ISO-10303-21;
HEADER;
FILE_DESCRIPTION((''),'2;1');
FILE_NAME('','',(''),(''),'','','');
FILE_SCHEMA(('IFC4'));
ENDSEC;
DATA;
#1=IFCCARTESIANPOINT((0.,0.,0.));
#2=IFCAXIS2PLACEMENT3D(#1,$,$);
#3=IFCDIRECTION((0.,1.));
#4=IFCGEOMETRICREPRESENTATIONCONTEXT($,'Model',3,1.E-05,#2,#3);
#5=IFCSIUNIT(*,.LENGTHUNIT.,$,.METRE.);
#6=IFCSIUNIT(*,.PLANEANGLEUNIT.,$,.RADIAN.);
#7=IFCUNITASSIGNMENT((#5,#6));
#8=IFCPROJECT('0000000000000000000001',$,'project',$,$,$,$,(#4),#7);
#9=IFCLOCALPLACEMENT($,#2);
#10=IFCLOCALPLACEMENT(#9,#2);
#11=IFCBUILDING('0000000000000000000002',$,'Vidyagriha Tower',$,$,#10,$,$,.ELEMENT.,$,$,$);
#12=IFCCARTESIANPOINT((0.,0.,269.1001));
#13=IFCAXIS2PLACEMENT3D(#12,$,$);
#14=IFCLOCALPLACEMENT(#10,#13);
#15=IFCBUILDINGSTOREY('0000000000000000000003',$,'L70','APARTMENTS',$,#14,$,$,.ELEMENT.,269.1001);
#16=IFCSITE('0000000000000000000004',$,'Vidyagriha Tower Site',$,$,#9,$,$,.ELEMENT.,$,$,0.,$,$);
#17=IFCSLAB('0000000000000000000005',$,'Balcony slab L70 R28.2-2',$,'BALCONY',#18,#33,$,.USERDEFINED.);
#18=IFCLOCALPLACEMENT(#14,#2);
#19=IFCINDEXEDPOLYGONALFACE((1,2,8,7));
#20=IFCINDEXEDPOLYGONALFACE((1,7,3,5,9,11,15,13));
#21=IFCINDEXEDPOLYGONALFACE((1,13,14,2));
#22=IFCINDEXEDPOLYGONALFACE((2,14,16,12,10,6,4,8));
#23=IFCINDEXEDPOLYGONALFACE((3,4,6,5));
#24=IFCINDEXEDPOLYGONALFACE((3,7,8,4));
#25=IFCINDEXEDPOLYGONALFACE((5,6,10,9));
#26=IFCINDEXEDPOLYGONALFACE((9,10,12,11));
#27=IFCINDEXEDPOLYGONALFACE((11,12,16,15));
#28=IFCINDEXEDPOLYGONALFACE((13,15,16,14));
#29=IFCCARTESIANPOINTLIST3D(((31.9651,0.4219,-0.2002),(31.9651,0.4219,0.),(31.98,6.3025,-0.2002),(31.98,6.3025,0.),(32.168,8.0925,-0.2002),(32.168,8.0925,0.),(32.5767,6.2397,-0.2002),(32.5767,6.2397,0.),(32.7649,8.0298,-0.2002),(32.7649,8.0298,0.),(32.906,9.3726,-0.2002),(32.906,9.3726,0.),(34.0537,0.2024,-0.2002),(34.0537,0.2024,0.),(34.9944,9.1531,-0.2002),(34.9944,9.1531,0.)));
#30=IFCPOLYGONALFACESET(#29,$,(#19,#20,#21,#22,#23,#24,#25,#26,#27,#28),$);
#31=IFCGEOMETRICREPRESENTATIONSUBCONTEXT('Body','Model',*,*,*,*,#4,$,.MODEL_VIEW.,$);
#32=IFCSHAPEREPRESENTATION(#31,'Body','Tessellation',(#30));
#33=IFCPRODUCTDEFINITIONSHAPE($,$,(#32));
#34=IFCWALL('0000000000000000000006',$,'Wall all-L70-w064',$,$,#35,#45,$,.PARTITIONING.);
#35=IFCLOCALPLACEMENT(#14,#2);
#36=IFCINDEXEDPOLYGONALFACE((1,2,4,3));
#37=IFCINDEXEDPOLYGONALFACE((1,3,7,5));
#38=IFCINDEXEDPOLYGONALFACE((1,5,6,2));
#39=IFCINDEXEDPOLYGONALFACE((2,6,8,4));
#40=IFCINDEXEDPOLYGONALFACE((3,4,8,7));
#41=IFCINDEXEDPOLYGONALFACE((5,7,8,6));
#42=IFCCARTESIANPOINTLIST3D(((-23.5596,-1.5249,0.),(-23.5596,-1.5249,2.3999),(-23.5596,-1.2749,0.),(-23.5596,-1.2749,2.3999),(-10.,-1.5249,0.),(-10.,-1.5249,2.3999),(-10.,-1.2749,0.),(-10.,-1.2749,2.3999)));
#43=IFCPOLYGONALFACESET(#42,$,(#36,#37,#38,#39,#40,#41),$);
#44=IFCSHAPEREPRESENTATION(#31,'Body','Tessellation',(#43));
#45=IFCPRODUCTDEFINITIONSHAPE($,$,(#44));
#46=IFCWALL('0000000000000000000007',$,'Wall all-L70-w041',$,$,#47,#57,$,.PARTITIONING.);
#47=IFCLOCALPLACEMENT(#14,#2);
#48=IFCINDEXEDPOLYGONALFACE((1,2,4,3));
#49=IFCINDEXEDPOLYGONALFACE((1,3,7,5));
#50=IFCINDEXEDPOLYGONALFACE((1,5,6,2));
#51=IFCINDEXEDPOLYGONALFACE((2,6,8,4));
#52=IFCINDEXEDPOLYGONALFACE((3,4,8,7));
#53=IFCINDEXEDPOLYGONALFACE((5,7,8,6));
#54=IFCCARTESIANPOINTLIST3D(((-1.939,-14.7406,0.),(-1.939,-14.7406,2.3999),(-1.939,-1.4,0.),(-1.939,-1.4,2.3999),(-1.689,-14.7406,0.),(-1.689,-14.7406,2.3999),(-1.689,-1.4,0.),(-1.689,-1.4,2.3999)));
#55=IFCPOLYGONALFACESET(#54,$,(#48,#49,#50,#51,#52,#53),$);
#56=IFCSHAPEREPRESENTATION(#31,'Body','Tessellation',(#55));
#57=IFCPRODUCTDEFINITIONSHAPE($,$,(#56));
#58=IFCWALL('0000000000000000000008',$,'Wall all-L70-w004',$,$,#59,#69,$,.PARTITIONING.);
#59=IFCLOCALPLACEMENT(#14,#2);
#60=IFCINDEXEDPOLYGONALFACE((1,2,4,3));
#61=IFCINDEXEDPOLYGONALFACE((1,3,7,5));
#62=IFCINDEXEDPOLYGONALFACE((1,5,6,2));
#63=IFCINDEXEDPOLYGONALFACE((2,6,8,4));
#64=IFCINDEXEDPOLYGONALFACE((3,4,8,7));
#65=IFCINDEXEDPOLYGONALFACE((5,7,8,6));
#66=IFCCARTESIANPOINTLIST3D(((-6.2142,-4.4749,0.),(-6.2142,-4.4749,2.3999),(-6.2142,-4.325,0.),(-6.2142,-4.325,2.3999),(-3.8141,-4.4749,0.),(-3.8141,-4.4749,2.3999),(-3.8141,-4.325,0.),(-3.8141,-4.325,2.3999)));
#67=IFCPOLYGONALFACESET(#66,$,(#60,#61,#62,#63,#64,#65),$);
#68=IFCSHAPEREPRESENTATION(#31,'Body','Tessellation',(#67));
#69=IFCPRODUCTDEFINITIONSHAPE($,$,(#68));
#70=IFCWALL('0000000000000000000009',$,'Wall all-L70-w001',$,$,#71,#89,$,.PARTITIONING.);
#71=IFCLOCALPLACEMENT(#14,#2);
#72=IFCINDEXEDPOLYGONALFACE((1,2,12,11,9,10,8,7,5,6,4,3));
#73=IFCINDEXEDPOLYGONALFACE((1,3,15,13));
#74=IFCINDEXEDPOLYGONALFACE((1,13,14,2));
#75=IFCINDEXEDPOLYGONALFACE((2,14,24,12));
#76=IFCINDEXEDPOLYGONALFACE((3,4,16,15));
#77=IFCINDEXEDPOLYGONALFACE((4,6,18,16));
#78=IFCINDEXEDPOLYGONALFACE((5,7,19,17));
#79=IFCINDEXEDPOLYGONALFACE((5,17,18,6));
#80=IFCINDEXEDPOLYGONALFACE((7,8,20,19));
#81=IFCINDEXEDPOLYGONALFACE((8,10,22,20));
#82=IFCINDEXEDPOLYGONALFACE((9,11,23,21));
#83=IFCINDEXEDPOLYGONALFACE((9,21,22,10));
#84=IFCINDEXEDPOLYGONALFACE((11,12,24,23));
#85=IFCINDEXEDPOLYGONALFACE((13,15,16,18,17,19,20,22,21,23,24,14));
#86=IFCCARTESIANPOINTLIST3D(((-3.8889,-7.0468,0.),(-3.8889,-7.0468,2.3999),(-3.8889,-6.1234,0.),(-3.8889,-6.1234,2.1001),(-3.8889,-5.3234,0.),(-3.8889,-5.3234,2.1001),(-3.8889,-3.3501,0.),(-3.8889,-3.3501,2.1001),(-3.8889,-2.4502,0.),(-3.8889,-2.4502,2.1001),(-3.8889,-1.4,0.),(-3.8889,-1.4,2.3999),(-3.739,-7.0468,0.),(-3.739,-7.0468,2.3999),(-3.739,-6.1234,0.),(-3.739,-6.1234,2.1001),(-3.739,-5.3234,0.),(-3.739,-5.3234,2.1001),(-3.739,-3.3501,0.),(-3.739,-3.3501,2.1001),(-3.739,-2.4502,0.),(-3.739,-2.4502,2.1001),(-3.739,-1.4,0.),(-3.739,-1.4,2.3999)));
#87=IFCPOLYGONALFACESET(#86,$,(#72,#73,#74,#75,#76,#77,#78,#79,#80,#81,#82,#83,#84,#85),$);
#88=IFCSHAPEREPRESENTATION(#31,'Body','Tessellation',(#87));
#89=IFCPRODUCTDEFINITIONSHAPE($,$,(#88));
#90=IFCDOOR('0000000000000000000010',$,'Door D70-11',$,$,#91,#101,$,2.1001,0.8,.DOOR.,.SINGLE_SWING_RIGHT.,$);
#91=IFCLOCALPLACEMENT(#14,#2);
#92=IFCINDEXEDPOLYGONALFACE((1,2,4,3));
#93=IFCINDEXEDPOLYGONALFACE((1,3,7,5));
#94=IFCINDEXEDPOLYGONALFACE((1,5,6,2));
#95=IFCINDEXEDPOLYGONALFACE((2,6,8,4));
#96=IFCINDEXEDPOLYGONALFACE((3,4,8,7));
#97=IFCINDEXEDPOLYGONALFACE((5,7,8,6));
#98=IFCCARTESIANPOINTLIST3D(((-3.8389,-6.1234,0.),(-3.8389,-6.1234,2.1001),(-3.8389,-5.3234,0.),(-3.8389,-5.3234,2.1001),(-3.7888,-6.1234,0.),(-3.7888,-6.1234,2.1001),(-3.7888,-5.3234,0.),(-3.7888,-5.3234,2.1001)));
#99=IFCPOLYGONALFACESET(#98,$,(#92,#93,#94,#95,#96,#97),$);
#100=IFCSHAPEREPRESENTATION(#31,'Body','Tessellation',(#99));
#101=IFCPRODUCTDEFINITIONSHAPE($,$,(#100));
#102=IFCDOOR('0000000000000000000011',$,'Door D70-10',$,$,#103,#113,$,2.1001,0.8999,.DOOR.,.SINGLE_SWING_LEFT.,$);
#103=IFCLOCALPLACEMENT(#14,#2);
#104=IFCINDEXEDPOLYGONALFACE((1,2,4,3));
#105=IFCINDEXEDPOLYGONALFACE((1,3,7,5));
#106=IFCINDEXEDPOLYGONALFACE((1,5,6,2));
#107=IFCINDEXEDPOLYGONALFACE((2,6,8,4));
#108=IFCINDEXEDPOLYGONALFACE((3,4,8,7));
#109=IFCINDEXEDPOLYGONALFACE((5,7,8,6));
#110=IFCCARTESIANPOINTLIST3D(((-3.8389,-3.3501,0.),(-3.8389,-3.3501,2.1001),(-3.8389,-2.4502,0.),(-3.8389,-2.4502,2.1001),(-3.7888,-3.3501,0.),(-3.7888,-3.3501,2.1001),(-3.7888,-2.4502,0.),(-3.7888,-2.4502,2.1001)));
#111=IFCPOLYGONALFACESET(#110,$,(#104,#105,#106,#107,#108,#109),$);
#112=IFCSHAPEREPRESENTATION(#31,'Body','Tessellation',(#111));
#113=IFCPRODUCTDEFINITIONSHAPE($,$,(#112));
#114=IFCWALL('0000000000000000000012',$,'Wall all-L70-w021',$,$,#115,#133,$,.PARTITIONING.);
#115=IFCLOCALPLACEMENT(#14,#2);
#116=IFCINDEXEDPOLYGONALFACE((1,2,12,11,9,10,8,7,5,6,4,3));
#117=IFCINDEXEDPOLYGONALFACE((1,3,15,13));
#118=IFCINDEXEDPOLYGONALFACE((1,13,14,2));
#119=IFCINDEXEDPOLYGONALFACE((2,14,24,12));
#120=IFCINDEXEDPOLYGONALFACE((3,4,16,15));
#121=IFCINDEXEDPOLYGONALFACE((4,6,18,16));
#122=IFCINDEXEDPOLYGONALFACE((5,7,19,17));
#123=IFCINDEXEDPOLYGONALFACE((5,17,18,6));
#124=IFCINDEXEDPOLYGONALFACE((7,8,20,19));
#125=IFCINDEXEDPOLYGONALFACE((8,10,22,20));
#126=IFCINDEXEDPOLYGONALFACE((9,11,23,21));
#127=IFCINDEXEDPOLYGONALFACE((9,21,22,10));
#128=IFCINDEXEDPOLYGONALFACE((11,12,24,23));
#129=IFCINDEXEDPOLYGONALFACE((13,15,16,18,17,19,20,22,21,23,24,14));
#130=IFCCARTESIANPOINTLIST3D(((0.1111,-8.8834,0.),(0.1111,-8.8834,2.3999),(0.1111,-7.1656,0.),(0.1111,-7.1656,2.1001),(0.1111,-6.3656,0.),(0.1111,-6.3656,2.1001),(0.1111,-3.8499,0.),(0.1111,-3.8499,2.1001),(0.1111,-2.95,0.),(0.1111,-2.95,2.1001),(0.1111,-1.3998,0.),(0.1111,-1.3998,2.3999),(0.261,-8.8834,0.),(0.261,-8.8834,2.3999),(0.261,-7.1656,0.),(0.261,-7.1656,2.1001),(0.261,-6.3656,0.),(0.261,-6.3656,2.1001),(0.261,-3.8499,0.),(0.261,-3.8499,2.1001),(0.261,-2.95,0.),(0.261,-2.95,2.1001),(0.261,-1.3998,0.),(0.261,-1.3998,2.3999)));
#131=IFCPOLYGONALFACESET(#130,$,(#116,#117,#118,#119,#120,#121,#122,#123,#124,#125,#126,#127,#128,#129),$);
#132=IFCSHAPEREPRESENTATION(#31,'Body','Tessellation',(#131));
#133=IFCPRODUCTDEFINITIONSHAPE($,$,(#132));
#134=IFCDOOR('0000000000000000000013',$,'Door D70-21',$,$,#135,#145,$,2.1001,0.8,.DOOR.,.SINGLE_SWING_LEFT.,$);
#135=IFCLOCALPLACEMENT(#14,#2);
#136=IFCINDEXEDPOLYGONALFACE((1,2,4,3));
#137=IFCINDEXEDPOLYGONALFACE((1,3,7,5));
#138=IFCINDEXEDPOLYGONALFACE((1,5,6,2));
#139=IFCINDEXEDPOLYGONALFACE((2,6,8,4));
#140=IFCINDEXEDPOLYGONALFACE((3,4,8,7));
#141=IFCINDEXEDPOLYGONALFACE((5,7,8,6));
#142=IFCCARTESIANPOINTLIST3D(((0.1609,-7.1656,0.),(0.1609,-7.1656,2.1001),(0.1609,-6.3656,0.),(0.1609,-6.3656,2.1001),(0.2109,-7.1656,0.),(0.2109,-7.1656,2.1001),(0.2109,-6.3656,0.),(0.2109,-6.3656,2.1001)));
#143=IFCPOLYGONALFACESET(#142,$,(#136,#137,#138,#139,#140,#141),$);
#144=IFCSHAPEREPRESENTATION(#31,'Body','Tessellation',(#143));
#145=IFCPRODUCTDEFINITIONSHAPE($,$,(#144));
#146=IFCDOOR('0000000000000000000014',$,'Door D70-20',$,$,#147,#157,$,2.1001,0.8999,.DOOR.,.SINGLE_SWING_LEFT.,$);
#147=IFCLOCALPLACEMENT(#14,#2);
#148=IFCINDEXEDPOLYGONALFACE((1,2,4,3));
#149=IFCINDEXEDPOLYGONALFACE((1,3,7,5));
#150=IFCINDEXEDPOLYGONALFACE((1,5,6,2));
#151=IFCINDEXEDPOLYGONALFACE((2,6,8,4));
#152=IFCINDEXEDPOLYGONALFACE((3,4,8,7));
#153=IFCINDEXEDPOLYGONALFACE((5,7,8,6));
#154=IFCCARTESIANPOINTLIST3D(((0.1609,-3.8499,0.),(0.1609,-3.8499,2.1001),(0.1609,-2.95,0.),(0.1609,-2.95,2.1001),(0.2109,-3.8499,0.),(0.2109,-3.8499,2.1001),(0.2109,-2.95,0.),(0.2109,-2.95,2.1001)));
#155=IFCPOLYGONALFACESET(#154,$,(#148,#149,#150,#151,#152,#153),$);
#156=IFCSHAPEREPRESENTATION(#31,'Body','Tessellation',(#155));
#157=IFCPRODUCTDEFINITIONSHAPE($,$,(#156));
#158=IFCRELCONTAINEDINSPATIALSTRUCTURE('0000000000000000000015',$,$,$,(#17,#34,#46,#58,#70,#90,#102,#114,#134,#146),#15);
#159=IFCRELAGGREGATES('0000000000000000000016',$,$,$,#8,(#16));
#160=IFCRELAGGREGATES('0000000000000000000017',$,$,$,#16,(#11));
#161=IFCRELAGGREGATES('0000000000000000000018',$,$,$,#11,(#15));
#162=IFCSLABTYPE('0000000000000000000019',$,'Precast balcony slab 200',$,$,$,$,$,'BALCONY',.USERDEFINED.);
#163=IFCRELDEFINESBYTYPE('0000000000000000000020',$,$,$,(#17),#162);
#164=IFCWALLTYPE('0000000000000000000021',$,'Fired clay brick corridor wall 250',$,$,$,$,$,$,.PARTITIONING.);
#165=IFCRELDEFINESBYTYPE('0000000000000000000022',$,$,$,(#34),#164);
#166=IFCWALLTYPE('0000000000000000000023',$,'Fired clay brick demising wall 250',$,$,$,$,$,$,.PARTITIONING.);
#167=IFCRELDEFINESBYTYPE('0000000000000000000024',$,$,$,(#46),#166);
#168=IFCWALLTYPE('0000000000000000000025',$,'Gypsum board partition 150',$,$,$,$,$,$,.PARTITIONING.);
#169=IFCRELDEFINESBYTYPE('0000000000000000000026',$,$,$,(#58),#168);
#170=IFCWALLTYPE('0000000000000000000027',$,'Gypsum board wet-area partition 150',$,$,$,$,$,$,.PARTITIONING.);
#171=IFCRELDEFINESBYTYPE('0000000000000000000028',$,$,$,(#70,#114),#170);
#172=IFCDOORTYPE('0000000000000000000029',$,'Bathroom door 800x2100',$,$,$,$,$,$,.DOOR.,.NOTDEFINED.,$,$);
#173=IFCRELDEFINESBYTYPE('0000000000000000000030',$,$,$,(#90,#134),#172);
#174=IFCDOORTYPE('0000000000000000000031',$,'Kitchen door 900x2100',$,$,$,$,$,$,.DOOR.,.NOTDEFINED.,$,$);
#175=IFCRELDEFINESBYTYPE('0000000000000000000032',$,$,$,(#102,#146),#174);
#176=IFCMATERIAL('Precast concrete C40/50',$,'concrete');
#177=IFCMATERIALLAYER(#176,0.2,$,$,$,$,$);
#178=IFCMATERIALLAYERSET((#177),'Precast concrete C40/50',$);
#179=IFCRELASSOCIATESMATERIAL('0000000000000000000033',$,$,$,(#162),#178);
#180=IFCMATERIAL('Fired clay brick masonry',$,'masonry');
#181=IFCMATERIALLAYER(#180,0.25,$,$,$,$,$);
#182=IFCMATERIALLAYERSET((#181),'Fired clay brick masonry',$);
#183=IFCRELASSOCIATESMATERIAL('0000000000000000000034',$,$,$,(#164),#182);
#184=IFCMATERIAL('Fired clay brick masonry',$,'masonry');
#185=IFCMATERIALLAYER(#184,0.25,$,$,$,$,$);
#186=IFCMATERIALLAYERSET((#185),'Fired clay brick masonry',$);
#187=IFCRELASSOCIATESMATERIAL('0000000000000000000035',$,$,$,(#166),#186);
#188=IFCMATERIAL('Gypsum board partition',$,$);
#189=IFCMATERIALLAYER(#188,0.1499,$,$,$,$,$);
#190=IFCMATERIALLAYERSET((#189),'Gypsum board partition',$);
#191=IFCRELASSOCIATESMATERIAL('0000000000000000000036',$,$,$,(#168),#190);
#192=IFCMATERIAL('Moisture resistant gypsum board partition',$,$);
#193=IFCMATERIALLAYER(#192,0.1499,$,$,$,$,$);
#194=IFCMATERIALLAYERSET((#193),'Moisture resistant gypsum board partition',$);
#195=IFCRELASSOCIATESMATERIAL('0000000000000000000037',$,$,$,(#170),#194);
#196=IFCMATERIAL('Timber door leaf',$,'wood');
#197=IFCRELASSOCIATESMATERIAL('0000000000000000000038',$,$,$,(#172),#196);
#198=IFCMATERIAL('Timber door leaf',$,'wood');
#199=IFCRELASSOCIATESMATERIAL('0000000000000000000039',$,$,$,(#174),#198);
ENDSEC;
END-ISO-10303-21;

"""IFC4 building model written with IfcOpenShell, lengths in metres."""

from ifc_helpers import new_model, si_unit, direction, frame, frame_2d, origin, place, context, subcontext, project, spatial, polyline, rectangle, outline, extrude, material, layer, layer_set, type_object, element, fill, save


model = new_model("IFC4")

# Units and contexts
model_context = context("Model", 3, precision=1e-05, world=origin(), true_north=direction((0.0, 1.0)))
body_context = subcontext(model_context, "Body", "Model", "MODEL_VIEW")
ifc_project = project(units=[si_unit("LENGTHUNIT", "METRE"), si_unit("PLANEANGLEUNIT", "RADIAN")], contexts=[model_context])

# Site, building, storey
site_placement = place(None, origin())
site = spatial("IfcSite", under=ifc_project, at=site_placement, Name="Vidyagriha Tower Site", CompositionType="ELEMENT", RefElevation=0.0)
building_placement = place(site_placement, origin())
building = spatial("IfcBuilding", under=site, at=building_placement, Name="Vidyagriha Tower", CompositionType="ELEMENT")
storey_placement = place(building_placement, frame((0.0, 0.0, 269.1001)))
storey = spatial("IfcBuildingStorey", under=building, at=storey_placement, Name="L70", Description="APARTMENTS", CompositionType="ELEMENT", Elevation=269.1001)

# Slab
ifc_material_1 = material(Name="Precast concrete C40/50", Category="concrete")
ifc_layer_1 = layer(ifc_material_1, 0.2)
ifc_layer_set_1 = layer_set([ifc_layer_1], Name="Precast concrete C40/50")
slab_type_1 = type_object("IfcSlabType", Name="Precast balcony slab 200", ElementType="BALCONY", PredefinedType="USERDEFINED", material=ifc_layer_set_1)
slab_1_placement = place(storey_placement, frame((0.0, 0.0, -0.2002)))
element("IfcSlab", 1, at=slab_1_placement, inside=storey, type_object=slab_type_1, Name="Balcony slab L70 R28.2-2", ObjectType="BALCONY", PredefinedType="USERDEFINED", context=body_context, shape_type="SweptSolid", body=[
    extrude(outline(polyline([(32.5767, 6.2397), (31.9651, 0.4219), (34.0537, 0.2024), (34.9944, 9.1531), (32.906, 9.3726), (32.7649, 8.0298), (32.168, 8.0925), (31.98, 6.3025), (32.5767, 6.2397)])), origin(), (0.0, 0.0, 1.0), 0.2002),
])

# Walls
ifc_material_2 = material(Name="Fired clay brick masonry", Category="masonry")
ifc_layer_2 = layer(ifc_material_2, 0.25)
ifc_layer_set_2 = layer_set([ifc_layer_2], Name="Fired clay brick masonry")
wall_type_1 = type_object("IfcWallType", Name="Fired clay brick corridor wall 250", PredefinedType="PARTITIONING", material=ifc_layer_set_2)
wall_1_placement = place(storey_placement, frame((-10.0, -1.3999, 0.0), z_axis=(0.0, 0.0, 1.0), x_axis=(-1.0, 0.0, 0.0)))
element("IfcWall", 2, at=wall_1_placement, inside=storey, type_object=wall_type_1, Name="Wall all-L70-w064", PredefinedType="PARTITIONING", context=body_context, shape_type="SweptSolid", body=[
    extrude(rectangle(XDim=13.5596, YDim=0.25, at=frame_2d((6.7798, 0.0))), origin(), (0.0, 0.0, 1.0), 2.3999),
])
ifc_material_3 = material(Name="Fired clay brick masonry", Category="masonry")
ifc_layer_3 = layer(ifc_material_3, 0.25)
ifc_layer_set_3 = layer_set([ifc_layer_3], Name="Fired clay brick masonry")
wall_type_2 = type_object("IfcWallType", Name="Fired clay brick demising wall 250", PredefinedType="PARTITIONING", material=ifc_layer_set_3)
wall_2_placement = place(storey_placement, frame((-1.814, -1.3999, 0.0), z_axis=(0.0, 0.0, 1.0), x_axis=(0.0, -1.0, 0.0)))
element("IfcWall", 3, at=wall_2_placement, inside=storey, type_object=wall_type_2, Name="Wall all-L70-w041", PredefinedType="PARTITIONING", context=body_context, shape_type="SweptSolid", body=[
    extrude(rectangle(XDim=13.3406, YDim=0.25, at=frame_2d((6.6704, 0.0))), origin(), (0.0, 0.0, 1.0), 2.3999),
])
ifc_material_4 = material(Name="Gypsum board partition")
ifc_layer_4 = layer(ifc_material_4, 0.1499)
ifc_layer_set_4 = layer_set([ifc_layer_4], Name="Gypsum board partition")
wall_type_3 = type_object("IfcWallType", Name="Gypsum board partition 150", PredefinedType="PARTITIONING", material=ifc_layer_set_4)
wall_3_placement = place(storey_placement, frame((-3.814, -4.3999, 0.0), z_axis=(0.0, 0.0, 1.0), x_axis=(-1.0, 0.0, 0.0)))
element("IfcWall", 4, at=wall_3_placement, inside=storey, type_object=wall_type_3, Name="Wall all-L70-w004", PredefinedType="PARTITIONING", context=body_context, shape_type="SweptSolid", body=[
    extrude(rectangle(XDim=2.4001, YDim=0.1499, at=frame_2d((1.2002, 0.0))), origin(), (0.0, 0.0, 1.0), 2.3999),
])

# Walls, openings, doors
ifc_material_5 = material(Name="Moisture resistant gypsum board partition")
ifc_layer_5 = layer(ifc_material_5, 0.1499)
ifc_layer_set_5 = layer_set([ifc_layer_5], Name="Moisture resistant gypsum board partition")
wall_type_4 = type_object("IfcWallType", Name="Gypsum board wet-area partition 150", PredefinedType="PARTITIONING", material=ifc_layer_set_5)
wall_4_placement = place(storey_placement, frame((-3.814, -7.0466, 0.0), z_axis=(0.0, 0.0, 1.0), x_axis=(0.0, 1.0, 0.0)))
wall_4 = element("IfcWall", 5, at=wall_4_placement, inside=storey, type_object=wall_type_4, Name="Wall all-L70-w001", PredefinedType="PARTITIONING", context=body_context, shape_type="SweptSolid", body=[
    extrude(rectangle(XDim=5.6467, YDim=0.1499, at=frame_2d((2.8232, 0.0))), origin(), (0.0, 0.0, 1.0), 2.3999),
])
opening_1_placement = place(wall_4_placement, frame((3.6965, 0.0, 0.0)))
opening_1 = element("IfcOpeningElement", 6, at=opening_1_placement, cuts=wall_4, PredefinedType="OPENING", context=body_context, shape_type="SweptSolid", body=[
    extrude(rectangle(XDim=0.8999, YDim=2.1001, at=frame_2d((0.45, 1.05))), frame((0.0, 0.085, 0.0), z_axis=(0.0, -1.0, 0.0), x_axis=(1.0, 0.0, 0.0)), (0.0, 0.0, 1.0), 0.1699),
])
opening_2_placement = place(wall_4_placement, frame((0.9233, 0.0, 0.0)))
opening_2 = element("IfcOpeningElement", 7, at=opening_2_placement, cuts=wall_4, PredefinedType="OPENING", context=body_context, shape_type="SweptSolid", body=[
    extrude(rectangle(XDim=0.8, YDim=2.1001, at=frame_2d((0.3999, 1.05))), frame((0.0, 0.085, 0.0), z_axis=(0.0, -1.0, 0.0), x_axis=(1.0, 0.0, 0.0)), (0.0, 0.0, 1.0), 0.1699),
])
ifc_material_6 = material(Name="Timber door leaf", Category="wood")
door_type_1 = type_object("IfcDoorType", Name="Bathroom door 800x2100", OperationType="NOTDEFINED", PredefinedType="DOOR", material=ifc_material_6)
door_1_placement = place(opening_2_placement, origin())
door_1 = element("IfcDoor", 8, at=door_1_placement, inside=storey, type_object=door_type_1, Name="Door D70-11", OperationType="SINGLE_SWING_RIGHT", OverallHeight=2.1001, OverallWidth=0.8, PredefinedType="DOOR", context=body_context, shape_type="SweptSolid", body=[
    extrude(rectangle(XDim=0.8, YDim=2.1001, at=frame_2d((0.3999, 1.05))), frame((0.0, 0.0249, 0.0), z_axis=(0.0, -1.0, 0.0), x_axis=(1.0, 0.0, 0.0)), (0.0, 0.0, 1.0), 0.05),
])
fill(opening_2, door_1)
ifc_material_7 = material(Name="Timber door leaf", Category="wood")
door_type_2 = type_object("IfcDoorType", Name="Kitchen door 900x2100", OperationType="NOTDEFINED", PredefinedType="DOOR", material=ifc_material_7)
door_2_placement = place(opening_1_placement, origin())
door_2 = element("IfcDoor", 9, at=door_2_placement, inside=storey, type_object=door_type_2, Name="Door D70-10", OperationType="SINGLE_SWING_LEFT", OverallHeight=2.1001, OverallWidth=0.8999, PredefinedType="DOOR", context=body_context, shape_type="SweptSolid", body=[
    extrude(rectangle(XDim=0.8999, YDim=2.1001, at=frame_2d((0.45, 1.05))), frame((0.0, 0.0249, 0.0), z_axis=(0.0, -1.0, 0.0), x_axis=(1.0, 0.0, 0.0)), (0.0, 0.0, 1.0), 0.05),
])
fill(opening_1, door_2)
wall_5_placement = place(storey_placement, frame((0.186, -1.3999, 0.0), z_axis=(0.0, 0.0, 1.0), x_axis=(0.0, -1.0, 0.0)))
wall_5 = element("IfcWall", 10, at=wall_5_placement, inside=storey, type_object=wall_type_4, Name="Wall all-L70-w021", PredefinedType="PARTITIONING", context=body_context, shape_type="SweptSolid", body=[
    extrude(rectangle(XDim=7.4836, YDim=0.1499, at=frame_2d((3.7417, 0.0))), origin(), (0.0, 0.0, 1.0), 2.3999),
])
opening_3_placement = place(wall_5_placement, frame((1.55, 0.0, 0.0)))
opening_3 = element("IfcOpeningElement", 11, at=opening_3_placement, cuts=wall_5, PredefinedType="OPENING", context=body_context, shape_type="SweptSolid", body=[
    extrude(rectangle(XDim=0.8999, YDim=2.1001, at=frame_2d((0.45, 1.05))), frame((0.0, 0.085, 0.0), z_axis=(0.0, -1.0, 0.0), x_axis=(1.0, 0.0, 0.0)), (0.0, 0.0, 1.0), 0.1699),
])
opening_4_placement = place(wall_5_placement, frame((4.9658, 0.0, 0.0)))
opening_4 = element("IfcOpeningElement", 12, at=opening_4_placement, cuts=wall_5, PredefinedType="OPENING", context=body_context, shape_type="SweptSolid", body=[
    extrude(rectangle(XDim=0.8, YDim=2.1001, at=frame_2d((0.3999, 1.05))), frame((0.0, 0.085, 0.0), z_axis=(0.0, -1.0, 0.0), x_axis=(1.0, 0.0, 0.0)), (0.0, 0.0, 1.0), 0.1699),
])
door_3_placement = place(opening_4_placement, origin())
door_3 = element("IfcDoor", 13, at=door_3_placement, inside=storey, type_object=door_type_1, Name="Door D70-21", OperationType="SINGLE_SWING_LEFT", OverallHeight=2.1001, OverallWidth=0.8, PredefinedType="DOOR", context=body_context, shape_type="SweptSolid", body=[
    extrude(rectangle(XDim=0.8, YDim=2.1001, at=frame_2d((0.3999, 1.05))), frame((0.0, 0.0249, 0.0), z_axis=(0.0, -1.0, 0.0), x_axis=(1.0, 0.0, 0.0)), (0.0, 0.0, 1.0), 0.05),
])
fill(opening_4, door_3)
door_4_placement = place(opening_3_placement, origin())
door_4 = element("IfcDoor", 14, at=door_4_placement, inside=storey, type_object=door_type_2, Name="Door D70-20", OperationType="SINGLE_SWING_LEFT", OverallHeight=2.1001, OverallWidth=0.8999, PredefinedType="DOOR", context=body_context, shape_type="SweptSolid", body=[
    extrude(rectangle(XDim=0.8999, YDim=2.1001, at=frame_2d((0.45, 1.05))), frame((0.0, 0.0249, 0.0), z_axis=(0.0, -1.0, 0.0), x_axis=(1.0, 0.0, 0.0)), (0.0, 0.0, 1.0), 0.05),
])
fill(opening_3, door_4)

save(model, "model.ifc")
